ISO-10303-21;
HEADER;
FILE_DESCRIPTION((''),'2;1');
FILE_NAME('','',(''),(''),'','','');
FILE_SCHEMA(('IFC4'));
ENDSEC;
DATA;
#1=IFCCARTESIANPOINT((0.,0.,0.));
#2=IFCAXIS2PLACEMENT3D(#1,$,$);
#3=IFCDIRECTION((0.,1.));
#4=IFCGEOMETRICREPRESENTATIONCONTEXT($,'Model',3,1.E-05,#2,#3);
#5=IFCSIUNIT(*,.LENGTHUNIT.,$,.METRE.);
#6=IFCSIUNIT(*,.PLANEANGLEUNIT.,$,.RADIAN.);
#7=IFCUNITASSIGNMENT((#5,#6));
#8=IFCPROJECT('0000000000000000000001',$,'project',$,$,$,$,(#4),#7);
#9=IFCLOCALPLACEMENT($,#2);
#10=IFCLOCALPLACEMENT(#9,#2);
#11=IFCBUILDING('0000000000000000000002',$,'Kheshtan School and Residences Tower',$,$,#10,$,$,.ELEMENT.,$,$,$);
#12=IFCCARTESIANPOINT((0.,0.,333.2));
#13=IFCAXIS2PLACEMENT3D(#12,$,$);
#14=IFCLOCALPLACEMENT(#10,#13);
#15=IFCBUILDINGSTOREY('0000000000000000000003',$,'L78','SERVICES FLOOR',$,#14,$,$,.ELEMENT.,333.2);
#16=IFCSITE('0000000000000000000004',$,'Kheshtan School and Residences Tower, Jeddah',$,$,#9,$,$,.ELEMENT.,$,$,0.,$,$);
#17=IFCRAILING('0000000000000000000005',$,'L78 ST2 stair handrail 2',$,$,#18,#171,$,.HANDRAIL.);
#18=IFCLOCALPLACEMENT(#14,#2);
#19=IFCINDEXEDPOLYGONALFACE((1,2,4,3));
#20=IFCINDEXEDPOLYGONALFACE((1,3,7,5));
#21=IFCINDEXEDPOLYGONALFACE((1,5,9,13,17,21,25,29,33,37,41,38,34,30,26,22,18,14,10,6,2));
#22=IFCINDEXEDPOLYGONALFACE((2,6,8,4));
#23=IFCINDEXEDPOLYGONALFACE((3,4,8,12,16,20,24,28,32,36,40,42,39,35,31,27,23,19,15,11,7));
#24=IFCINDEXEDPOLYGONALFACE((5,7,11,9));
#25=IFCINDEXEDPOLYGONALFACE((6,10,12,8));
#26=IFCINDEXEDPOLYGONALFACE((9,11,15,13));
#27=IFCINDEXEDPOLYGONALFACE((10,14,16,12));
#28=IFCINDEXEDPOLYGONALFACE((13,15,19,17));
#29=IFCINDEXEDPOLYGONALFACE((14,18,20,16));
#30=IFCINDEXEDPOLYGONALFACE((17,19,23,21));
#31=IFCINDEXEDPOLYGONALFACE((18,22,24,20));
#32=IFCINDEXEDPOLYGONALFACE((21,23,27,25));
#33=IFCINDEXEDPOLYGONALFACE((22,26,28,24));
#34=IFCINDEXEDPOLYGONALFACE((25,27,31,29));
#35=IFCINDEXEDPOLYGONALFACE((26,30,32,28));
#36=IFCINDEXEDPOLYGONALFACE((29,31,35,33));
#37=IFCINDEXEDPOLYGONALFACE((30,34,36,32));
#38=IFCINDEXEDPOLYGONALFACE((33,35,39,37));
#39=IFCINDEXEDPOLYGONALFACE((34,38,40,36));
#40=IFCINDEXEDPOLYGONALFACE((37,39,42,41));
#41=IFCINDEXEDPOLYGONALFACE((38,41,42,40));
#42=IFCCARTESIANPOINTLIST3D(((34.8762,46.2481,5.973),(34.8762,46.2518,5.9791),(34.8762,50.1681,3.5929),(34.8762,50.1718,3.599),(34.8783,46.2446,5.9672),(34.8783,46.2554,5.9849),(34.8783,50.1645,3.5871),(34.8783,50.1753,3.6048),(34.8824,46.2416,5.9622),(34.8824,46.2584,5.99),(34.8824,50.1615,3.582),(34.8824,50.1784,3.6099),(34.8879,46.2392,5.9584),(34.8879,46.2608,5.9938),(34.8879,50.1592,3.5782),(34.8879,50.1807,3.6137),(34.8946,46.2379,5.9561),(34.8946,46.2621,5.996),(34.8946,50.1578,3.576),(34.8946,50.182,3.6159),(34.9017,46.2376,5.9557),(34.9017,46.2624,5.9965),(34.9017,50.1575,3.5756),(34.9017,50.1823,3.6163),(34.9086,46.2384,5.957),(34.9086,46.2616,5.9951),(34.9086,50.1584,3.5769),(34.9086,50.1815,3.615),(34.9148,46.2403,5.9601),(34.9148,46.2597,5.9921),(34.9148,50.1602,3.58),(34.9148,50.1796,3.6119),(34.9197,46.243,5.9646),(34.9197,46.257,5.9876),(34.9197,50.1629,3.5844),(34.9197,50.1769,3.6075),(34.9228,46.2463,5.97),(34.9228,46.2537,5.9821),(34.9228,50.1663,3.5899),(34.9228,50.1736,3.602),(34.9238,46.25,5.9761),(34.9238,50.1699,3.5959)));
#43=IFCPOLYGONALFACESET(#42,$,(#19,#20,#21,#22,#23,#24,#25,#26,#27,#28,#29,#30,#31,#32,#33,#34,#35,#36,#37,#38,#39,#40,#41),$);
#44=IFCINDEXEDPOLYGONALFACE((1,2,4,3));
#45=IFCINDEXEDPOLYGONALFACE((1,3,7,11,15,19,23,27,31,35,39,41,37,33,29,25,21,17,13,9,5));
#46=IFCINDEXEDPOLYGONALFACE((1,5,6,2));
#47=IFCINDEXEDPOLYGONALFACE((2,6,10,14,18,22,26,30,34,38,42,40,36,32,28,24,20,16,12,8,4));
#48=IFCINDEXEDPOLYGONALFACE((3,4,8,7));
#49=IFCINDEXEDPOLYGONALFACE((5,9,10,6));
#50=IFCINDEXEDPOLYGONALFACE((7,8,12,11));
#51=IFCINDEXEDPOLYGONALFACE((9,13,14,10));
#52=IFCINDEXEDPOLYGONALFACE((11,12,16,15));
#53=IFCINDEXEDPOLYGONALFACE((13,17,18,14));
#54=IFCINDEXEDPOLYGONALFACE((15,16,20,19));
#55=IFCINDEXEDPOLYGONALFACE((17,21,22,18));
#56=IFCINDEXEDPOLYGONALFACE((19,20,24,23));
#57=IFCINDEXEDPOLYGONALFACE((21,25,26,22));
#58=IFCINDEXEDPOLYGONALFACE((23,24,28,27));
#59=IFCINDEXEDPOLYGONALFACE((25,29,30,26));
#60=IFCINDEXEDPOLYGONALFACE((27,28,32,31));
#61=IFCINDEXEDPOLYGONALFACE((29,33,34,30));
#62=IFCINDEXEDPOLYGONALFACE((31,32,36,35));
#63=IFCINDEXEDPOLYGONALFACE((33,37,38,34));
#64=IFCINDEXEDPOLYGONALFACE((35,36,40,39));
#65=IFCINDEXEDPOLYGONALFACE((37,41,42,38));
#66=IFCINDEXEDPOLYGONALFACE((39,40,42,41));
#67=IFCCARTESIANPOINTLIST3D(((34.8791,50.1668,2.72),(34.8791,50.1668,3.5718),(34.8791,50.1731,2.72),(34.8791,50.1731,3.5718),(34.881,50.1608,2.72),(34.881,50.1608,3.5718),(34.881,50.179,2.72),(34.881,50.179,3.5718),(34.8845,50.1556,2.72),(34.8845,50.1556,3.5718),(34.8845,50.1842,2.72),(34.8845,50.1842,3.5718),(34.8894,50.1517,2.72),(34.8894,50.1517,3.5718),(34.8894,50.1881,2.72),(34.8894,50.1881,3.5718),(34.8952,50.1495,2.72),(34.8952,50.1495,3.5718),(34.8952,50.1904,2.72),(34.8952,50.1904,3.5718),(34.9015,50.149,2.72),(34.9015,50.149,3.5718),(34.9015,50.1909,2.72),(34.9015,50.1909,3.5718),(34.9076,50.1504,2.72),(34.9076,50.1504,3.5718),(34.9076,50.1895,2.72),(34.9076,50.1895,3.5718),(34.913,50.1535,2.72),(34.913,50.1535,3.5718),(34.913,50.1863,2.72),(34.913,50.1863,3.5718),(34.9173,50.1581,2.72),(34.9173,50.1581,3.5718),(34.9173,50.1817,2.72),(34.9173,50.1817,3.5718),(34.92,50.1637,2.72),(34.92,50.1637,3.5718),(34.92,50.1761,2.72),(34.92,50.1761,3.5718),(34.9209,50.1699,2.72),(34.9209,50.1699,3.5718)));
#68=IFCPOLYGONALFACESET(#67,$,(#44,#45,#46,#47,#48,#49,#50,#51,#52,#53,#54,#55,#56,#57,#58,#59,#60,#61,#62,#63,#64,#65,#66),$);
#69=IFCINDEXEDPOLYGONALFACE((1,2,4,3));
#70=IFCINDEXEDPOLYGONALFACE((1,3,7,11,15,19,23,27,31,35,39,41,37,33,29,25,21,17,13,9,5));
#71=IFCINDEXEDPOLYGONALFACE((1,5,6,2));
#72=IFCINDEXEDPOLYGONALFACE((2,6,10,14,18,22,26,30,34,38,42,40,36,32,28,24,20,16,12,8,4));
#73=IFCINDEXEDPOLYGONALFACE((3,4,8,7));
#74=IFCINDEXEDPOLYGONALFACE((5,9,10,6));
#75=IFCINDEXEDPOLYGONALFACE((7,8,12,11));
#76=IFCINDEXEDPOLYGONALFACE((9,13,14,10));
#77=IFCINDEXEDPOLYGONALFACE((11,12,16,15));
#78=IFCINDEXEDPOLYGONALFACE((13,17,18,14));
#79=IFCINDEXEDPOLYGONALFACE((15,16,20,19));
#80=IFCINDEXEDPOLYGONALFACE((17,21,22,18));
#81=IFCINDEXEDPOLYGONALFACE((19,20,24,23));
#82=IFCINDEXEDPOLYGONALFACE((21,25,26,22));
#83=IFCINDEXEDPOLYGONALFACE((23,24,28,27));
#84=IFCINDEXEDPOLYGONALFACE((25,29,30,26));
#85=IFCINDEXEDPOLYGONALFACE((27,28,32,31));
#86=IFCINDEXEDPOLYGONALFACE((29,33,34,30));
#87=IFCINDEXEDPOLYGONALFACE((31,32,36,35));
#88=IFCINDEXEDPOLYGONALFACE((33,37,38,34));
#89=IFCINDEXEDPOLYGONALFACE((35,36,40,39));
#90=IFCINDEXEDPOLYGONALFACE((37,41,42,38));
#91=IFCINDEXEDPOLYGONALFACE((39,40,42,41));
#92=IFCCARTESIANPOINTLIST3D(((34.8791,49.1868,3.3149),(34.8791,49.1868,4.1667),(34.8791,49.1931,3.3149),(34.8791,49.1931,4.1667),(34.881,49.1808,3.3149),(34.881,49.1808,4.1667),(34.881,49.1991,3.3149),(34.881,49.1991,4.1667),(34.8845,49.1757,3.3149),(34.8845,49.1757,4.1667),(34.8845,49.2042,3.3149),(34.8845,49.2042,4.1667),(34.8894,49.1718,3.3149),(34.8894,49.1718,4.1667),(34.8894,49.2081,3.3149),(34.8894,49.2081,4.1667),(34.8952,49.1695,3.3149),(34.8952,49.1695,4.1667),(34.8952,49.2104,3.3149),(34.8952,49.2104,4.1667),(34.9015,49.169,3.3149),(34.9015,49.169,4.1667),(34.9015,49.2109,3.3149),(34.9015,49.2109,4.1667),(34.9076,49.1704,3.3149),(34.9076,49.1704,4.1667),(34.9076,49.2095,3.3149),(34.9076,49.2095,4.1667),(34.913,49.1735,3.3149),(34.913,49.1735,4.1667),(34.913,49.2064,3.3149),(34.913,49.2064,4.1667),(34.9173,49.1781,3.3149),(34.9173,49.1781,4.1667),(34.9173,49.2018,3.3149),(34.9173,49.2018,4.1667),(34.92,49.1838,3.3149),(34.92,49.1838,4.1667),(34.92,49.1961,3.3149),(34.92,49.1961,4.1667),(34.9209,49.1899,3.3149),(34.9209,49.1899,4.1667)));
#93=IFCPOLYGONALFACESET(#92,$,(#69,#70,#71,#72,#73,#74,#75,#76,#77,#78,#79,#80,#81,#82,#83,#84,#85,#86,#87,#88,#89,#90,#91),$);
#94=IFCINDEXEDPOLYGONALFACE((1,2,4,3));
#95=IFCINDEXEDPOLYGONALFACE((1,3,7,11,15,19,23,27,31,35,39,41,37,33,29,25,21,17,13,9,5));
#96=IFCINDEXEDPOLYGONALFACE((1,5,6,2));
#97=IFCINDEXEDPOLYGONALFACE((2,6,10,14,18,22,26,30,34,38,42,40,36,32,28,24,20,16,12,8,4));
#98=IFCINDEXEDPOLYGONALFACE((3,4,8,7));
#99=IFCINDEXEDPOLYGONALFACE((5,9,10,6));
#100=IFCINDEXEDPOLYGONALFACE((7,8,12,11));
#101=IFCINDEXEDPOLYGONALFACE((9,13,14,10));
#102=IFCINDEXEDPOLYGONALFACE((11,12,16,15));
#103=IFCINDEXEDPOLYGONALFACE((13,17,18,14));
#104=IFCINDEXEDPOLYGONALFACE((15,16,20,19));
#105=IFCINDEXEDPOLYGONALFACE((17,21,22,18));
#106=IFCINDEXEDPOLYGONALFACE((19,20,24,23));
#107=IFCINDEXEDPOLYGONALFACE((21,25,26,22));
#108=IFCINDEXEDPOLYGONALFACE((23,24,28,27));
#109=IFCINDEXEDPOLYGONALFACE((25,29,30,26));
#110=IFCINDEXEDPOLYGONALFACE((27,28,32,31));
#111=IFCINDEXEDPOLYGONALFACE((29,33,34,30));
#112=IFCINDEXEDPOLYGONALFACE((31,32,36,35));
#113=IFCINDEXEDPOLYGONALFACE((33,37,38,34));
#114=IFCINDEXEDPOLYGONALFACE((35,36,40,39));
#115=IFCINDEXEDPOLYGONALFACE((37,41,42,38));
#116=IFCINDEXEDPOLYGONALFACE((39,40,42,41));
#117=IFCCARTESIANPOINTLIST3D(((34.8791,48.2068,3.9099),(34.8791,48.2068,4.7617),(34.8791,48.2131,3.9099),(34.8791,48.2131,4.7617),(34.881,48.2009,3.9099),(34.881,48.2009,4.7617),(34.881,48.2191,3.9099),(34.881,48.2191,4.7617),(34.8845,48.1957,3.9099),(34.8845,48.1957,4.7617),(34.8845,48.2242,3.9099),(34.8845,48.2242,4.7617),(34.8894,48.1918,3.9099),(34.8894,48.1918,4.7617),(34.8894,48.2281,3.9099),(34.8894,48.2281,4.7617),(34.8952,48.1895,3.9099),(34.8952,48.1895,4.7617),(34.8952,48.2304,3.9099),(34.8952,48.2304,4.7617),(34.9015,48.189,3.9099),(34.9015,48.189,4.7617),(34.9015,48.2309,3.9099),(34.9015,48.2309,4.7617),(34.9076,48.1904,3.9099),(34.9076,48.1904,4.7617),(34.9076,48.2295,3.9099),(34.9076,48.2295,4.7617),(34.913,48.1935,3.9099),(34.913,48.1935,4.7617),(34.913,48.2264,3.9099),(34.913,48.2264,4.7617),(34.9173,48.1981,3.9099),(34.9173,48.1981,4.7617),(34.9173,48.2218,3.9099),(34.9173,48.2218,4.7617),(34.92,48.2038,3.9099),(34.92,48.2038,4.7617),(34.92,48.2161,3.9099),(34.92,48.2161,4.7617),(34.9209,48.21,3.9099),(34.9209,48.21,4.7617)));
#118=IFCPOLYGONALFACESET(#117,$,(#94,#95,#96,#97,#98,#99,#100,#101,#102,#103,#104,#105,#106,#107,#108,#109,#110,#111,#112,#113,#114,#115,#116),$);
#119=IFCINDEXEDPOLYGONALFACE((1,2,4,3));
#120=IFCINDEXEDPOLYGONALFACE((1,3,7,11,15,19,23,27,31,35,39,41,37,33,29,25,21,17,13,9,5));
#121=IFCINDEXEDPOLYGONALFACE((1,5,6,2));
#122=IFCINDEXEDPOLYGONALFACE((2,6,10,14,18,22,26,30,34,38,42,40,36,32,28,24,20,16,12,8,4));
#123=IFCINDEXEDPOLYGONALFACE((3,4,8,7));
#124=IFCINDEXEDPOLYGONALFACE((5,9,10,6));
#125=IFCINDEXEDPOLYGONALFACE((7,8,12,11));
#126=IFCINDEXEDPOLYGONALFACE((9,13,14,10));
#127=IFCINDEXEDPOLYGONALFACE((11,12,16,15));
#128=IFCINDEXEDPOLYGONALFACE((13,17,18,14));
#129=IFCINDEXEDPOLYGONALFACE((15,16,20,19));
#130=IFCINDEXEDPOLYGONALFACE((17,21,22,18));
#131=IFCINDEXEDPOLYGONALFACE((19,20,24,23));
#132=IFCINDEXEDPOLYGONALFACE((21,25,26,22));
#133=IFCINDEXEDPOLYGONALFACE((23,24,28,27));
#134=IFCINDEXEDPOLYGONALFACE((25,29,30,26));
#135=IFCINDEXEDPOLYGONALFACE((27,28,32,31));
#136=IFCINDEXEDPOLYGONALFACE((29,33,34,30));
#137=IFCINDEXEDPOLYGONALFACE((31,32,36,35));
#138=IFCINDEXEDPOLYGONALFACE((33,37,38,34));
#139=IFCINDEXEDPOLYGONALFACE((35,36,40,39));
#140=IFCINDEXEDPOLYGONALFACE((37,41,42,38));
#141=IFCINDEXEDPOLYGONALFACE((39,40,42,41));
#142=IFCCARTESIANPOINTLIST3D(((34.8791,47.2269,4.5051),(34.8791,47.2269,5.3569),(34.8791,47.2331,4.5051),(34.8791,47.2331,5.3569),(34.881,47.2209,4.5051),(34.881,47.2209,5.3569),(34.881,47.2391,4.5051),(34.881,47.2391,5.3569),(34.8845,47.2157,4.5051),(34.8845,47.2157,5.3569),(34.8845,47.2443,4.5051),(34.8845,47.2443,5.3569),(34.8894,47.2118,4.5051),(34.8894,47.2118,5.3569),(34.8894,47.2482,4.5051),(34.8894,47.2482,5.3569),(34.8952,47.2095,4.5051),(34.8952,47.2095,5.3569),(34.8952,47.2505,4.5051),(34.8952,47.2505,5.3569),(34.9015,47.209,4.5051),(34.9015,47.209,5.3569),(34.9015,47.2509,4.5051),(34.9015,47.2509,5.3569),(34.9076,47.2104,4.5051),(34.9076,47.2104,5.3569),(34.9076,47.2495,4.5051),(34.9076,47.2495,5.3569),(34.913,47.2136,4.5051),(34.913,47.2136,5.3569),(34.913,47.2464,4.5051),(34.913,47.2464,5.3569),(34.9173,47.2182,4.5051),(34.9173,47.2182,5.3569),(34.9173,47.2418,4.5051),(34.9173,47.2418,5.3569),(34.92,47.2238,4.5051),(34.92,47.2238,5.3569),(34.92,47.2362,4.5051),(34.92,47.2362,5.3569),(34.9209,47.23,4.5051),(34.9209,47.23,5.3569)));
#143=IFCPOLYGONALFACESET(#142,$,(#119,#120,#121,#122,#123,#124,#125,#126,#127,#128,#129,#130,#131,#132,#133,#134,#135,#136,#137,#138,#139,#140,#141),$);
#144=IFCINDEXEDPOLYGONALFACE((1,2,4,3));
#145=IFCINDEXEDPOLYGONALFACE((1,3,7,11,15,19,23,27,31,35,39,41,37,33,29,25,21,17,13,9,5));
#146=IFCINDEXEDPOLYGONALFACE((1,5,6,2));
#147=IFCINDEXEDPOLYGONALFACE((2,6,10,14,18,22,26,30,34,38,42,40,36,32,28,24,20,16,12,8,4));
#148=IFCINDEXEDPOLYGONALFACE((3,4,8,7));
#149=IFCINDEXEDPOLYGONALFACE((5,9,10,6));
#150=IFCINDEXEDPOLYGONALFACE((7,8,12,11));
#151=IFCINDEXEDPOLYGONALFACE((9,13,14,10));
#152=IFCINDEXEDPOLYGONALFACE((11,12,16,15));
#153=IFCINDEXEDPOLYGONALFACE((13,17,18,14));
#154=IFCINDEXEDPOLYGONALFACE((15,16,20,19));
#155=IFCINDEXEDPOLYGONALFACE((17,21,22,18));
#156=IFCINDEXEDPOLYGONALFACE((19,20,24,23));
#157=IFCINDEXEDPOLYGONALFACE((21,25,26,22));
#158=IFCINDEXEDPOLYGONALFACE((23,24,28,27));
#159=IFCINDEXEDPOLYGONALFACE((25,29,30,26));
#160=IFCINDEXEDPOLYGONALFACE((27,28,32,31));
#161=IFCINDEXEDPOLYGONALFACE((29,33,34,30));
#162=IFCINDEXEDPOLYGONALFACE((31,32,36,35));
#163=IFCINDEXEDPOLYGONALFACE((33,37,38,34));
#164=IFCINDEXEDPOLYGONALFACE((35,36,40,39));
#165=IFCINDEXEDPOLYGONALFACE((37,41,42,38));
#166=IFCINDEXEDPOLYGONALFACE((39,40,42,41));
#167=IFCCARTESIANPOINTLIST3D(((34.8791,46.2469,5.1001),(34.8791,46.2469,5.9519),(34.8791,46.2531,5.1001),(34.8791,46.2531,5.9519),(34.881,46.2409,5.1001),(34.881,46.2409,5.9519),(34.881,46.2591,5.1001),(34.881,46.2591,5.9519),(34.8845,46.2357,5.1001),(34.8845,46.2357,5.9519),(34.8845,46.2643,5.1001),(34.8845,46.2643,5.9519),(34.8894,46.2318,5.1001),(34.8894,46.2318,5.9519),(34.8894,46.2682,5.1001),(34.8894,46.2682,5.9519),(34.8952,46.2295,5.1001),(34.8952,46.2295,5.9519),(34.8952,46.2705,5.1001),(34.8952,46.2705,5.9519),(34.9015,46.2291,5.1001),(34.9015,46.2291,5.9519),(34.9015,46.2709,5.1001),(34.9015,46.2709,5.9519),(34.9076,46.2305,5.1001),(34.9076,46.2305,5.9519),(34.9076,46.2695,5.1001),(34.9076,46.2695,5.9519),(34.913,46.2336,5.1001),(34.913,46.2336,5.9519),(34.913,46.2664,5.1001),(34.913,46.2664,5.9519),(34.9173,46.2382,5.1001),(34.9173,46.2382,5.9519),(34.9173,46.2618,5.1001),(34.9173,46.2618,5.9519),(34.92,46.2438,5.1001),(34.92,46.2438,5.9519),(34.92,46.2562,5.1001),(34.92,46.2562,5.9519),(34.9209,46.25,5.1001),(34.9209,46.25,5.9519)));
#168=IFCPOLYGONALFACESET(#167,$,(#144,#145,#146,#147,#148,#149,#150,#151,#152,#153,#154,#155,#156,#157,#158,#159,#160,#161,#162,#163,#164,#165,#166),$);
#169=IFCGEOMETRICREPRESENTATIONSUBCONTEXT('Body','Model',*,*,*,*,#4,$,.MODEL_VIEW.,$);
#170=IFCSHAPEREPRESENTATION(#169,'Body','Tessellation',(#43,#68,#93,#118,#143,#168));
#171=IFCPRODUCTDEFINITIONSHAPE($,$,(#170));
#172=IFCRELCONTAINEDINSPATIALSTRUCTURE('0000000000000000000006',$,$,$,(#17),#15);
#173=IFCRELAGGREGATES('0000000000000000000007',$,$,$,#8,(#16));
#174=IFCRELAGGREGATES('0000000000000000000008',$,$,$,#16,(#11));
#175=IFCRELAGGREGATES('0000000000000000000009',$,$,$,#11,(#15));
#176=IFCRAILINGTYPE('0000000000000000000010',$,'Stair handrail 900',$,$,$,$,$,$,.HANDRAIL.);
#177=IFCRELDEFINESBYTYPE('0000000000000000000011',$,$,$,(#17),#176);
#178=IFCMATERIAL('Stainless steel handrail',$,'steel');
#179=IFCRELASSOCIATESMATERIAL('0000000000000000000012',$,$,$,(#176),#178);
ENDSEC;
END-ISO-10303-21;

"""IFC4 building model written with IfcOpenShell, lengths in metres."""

from ifc_helpers import new_model, si_unit, direction, frame, origin, origin_2d, place, context, subcontext, project, spatial, circle, extrude, material, type_object, element, save


model = new_model("IFC4")

# Units and contexts
model_context = context("Model", 3, precision=1e-05, world=origin(), true_north=direction((0.0, 1.0)))
body_context = subcontext(model_context, "Body", "Model", "MODEL_VIEW")
ifc_project = project(units=[si_unit("LENGTHUNIT", "METRE"), si_unit("PLANEANGLEUNIT", "RADIAN")], contexts=[model_context])

# Site, building, storey
site_placement = place(None, origin())
site = spatial("IfcSite", under=ifc_project, at=site_placement, Name="Kheshtan School and Residences Tower, Jeddah", CompositionType="ELEMENT", RefElevation=0.0)
building_placement = place(site_placement, origin())
building = spatial("IfcBuilding", under=site, at=building_placement, Name="Kheshtan School and Residences Tower", CompositionType="ELEMENT")
storey_placement = place(building_placement, frame((0.0, 0.0, 333.2)))
storey = spatial("IfcBuildingStorey", under=building, at=storey_placement, Name="L78", Description="SERVICES FLOOR", CompositionType="ELEMENT", Elevation=333.2)

# Railing
ifc_material_1 = material(Name="Stainless steel handrail", Category="steel")
railing_type_1 = type_object("IfcRailingType", Name="Stair handrail 900", PredefinedType="HANDRAIL", material=ifc_material_1)
railing_1_placement = place(storey_placement, frame((34.8999, 50.1699, 2.72)))
element("IfcRailing", 1, at=railing_1_placement, inside=storey, type_object=railing_type_1, Name="L78 ST2 stair handrail 2", PredefinedType="HANDRAIL", context=body_context, shape_type="SweptSolid", body=[
    extrude(circle(Radius=0.0239, at=origin_2d()), frame((0.0, 0.0, 0.876), z_axis=(0.0, -0.854771, 0.519006), x_axis=(1.0, 0.0, 0.0)), (0.0, 0.0, 1.0), 4.5859),
    extrude(circle(Radius=0.021, at=origin_2d()), origin(), (0.0, 0.0, 1.0), 0.8518),
    extrude(circle(Radius=0.021, at=origin_2d()), frame((0.0, -0.98, 0.595)), (0.0, 0.0, 1.0), 0.8518),
    extrude(circle(Radius=0.021, at=origin_2d()), frame((0.0, -1.96, 1.1899)), (0.0, 0.0, 1.0), 0.8518),
    extrude(circle(Radius=0.021, at=origin_2d()), frame((0.0, -2.9399, 1.7852)), (0.0, 0.0, 1.0), 0.8518),
    extrude(circle(Radius=0.021, at=origin_2d()), frame((0.0, -3.9199, 2.3801)), (0.0, 0.0, 1.0), 0.8518),
])

save(model, "model.ifc")
